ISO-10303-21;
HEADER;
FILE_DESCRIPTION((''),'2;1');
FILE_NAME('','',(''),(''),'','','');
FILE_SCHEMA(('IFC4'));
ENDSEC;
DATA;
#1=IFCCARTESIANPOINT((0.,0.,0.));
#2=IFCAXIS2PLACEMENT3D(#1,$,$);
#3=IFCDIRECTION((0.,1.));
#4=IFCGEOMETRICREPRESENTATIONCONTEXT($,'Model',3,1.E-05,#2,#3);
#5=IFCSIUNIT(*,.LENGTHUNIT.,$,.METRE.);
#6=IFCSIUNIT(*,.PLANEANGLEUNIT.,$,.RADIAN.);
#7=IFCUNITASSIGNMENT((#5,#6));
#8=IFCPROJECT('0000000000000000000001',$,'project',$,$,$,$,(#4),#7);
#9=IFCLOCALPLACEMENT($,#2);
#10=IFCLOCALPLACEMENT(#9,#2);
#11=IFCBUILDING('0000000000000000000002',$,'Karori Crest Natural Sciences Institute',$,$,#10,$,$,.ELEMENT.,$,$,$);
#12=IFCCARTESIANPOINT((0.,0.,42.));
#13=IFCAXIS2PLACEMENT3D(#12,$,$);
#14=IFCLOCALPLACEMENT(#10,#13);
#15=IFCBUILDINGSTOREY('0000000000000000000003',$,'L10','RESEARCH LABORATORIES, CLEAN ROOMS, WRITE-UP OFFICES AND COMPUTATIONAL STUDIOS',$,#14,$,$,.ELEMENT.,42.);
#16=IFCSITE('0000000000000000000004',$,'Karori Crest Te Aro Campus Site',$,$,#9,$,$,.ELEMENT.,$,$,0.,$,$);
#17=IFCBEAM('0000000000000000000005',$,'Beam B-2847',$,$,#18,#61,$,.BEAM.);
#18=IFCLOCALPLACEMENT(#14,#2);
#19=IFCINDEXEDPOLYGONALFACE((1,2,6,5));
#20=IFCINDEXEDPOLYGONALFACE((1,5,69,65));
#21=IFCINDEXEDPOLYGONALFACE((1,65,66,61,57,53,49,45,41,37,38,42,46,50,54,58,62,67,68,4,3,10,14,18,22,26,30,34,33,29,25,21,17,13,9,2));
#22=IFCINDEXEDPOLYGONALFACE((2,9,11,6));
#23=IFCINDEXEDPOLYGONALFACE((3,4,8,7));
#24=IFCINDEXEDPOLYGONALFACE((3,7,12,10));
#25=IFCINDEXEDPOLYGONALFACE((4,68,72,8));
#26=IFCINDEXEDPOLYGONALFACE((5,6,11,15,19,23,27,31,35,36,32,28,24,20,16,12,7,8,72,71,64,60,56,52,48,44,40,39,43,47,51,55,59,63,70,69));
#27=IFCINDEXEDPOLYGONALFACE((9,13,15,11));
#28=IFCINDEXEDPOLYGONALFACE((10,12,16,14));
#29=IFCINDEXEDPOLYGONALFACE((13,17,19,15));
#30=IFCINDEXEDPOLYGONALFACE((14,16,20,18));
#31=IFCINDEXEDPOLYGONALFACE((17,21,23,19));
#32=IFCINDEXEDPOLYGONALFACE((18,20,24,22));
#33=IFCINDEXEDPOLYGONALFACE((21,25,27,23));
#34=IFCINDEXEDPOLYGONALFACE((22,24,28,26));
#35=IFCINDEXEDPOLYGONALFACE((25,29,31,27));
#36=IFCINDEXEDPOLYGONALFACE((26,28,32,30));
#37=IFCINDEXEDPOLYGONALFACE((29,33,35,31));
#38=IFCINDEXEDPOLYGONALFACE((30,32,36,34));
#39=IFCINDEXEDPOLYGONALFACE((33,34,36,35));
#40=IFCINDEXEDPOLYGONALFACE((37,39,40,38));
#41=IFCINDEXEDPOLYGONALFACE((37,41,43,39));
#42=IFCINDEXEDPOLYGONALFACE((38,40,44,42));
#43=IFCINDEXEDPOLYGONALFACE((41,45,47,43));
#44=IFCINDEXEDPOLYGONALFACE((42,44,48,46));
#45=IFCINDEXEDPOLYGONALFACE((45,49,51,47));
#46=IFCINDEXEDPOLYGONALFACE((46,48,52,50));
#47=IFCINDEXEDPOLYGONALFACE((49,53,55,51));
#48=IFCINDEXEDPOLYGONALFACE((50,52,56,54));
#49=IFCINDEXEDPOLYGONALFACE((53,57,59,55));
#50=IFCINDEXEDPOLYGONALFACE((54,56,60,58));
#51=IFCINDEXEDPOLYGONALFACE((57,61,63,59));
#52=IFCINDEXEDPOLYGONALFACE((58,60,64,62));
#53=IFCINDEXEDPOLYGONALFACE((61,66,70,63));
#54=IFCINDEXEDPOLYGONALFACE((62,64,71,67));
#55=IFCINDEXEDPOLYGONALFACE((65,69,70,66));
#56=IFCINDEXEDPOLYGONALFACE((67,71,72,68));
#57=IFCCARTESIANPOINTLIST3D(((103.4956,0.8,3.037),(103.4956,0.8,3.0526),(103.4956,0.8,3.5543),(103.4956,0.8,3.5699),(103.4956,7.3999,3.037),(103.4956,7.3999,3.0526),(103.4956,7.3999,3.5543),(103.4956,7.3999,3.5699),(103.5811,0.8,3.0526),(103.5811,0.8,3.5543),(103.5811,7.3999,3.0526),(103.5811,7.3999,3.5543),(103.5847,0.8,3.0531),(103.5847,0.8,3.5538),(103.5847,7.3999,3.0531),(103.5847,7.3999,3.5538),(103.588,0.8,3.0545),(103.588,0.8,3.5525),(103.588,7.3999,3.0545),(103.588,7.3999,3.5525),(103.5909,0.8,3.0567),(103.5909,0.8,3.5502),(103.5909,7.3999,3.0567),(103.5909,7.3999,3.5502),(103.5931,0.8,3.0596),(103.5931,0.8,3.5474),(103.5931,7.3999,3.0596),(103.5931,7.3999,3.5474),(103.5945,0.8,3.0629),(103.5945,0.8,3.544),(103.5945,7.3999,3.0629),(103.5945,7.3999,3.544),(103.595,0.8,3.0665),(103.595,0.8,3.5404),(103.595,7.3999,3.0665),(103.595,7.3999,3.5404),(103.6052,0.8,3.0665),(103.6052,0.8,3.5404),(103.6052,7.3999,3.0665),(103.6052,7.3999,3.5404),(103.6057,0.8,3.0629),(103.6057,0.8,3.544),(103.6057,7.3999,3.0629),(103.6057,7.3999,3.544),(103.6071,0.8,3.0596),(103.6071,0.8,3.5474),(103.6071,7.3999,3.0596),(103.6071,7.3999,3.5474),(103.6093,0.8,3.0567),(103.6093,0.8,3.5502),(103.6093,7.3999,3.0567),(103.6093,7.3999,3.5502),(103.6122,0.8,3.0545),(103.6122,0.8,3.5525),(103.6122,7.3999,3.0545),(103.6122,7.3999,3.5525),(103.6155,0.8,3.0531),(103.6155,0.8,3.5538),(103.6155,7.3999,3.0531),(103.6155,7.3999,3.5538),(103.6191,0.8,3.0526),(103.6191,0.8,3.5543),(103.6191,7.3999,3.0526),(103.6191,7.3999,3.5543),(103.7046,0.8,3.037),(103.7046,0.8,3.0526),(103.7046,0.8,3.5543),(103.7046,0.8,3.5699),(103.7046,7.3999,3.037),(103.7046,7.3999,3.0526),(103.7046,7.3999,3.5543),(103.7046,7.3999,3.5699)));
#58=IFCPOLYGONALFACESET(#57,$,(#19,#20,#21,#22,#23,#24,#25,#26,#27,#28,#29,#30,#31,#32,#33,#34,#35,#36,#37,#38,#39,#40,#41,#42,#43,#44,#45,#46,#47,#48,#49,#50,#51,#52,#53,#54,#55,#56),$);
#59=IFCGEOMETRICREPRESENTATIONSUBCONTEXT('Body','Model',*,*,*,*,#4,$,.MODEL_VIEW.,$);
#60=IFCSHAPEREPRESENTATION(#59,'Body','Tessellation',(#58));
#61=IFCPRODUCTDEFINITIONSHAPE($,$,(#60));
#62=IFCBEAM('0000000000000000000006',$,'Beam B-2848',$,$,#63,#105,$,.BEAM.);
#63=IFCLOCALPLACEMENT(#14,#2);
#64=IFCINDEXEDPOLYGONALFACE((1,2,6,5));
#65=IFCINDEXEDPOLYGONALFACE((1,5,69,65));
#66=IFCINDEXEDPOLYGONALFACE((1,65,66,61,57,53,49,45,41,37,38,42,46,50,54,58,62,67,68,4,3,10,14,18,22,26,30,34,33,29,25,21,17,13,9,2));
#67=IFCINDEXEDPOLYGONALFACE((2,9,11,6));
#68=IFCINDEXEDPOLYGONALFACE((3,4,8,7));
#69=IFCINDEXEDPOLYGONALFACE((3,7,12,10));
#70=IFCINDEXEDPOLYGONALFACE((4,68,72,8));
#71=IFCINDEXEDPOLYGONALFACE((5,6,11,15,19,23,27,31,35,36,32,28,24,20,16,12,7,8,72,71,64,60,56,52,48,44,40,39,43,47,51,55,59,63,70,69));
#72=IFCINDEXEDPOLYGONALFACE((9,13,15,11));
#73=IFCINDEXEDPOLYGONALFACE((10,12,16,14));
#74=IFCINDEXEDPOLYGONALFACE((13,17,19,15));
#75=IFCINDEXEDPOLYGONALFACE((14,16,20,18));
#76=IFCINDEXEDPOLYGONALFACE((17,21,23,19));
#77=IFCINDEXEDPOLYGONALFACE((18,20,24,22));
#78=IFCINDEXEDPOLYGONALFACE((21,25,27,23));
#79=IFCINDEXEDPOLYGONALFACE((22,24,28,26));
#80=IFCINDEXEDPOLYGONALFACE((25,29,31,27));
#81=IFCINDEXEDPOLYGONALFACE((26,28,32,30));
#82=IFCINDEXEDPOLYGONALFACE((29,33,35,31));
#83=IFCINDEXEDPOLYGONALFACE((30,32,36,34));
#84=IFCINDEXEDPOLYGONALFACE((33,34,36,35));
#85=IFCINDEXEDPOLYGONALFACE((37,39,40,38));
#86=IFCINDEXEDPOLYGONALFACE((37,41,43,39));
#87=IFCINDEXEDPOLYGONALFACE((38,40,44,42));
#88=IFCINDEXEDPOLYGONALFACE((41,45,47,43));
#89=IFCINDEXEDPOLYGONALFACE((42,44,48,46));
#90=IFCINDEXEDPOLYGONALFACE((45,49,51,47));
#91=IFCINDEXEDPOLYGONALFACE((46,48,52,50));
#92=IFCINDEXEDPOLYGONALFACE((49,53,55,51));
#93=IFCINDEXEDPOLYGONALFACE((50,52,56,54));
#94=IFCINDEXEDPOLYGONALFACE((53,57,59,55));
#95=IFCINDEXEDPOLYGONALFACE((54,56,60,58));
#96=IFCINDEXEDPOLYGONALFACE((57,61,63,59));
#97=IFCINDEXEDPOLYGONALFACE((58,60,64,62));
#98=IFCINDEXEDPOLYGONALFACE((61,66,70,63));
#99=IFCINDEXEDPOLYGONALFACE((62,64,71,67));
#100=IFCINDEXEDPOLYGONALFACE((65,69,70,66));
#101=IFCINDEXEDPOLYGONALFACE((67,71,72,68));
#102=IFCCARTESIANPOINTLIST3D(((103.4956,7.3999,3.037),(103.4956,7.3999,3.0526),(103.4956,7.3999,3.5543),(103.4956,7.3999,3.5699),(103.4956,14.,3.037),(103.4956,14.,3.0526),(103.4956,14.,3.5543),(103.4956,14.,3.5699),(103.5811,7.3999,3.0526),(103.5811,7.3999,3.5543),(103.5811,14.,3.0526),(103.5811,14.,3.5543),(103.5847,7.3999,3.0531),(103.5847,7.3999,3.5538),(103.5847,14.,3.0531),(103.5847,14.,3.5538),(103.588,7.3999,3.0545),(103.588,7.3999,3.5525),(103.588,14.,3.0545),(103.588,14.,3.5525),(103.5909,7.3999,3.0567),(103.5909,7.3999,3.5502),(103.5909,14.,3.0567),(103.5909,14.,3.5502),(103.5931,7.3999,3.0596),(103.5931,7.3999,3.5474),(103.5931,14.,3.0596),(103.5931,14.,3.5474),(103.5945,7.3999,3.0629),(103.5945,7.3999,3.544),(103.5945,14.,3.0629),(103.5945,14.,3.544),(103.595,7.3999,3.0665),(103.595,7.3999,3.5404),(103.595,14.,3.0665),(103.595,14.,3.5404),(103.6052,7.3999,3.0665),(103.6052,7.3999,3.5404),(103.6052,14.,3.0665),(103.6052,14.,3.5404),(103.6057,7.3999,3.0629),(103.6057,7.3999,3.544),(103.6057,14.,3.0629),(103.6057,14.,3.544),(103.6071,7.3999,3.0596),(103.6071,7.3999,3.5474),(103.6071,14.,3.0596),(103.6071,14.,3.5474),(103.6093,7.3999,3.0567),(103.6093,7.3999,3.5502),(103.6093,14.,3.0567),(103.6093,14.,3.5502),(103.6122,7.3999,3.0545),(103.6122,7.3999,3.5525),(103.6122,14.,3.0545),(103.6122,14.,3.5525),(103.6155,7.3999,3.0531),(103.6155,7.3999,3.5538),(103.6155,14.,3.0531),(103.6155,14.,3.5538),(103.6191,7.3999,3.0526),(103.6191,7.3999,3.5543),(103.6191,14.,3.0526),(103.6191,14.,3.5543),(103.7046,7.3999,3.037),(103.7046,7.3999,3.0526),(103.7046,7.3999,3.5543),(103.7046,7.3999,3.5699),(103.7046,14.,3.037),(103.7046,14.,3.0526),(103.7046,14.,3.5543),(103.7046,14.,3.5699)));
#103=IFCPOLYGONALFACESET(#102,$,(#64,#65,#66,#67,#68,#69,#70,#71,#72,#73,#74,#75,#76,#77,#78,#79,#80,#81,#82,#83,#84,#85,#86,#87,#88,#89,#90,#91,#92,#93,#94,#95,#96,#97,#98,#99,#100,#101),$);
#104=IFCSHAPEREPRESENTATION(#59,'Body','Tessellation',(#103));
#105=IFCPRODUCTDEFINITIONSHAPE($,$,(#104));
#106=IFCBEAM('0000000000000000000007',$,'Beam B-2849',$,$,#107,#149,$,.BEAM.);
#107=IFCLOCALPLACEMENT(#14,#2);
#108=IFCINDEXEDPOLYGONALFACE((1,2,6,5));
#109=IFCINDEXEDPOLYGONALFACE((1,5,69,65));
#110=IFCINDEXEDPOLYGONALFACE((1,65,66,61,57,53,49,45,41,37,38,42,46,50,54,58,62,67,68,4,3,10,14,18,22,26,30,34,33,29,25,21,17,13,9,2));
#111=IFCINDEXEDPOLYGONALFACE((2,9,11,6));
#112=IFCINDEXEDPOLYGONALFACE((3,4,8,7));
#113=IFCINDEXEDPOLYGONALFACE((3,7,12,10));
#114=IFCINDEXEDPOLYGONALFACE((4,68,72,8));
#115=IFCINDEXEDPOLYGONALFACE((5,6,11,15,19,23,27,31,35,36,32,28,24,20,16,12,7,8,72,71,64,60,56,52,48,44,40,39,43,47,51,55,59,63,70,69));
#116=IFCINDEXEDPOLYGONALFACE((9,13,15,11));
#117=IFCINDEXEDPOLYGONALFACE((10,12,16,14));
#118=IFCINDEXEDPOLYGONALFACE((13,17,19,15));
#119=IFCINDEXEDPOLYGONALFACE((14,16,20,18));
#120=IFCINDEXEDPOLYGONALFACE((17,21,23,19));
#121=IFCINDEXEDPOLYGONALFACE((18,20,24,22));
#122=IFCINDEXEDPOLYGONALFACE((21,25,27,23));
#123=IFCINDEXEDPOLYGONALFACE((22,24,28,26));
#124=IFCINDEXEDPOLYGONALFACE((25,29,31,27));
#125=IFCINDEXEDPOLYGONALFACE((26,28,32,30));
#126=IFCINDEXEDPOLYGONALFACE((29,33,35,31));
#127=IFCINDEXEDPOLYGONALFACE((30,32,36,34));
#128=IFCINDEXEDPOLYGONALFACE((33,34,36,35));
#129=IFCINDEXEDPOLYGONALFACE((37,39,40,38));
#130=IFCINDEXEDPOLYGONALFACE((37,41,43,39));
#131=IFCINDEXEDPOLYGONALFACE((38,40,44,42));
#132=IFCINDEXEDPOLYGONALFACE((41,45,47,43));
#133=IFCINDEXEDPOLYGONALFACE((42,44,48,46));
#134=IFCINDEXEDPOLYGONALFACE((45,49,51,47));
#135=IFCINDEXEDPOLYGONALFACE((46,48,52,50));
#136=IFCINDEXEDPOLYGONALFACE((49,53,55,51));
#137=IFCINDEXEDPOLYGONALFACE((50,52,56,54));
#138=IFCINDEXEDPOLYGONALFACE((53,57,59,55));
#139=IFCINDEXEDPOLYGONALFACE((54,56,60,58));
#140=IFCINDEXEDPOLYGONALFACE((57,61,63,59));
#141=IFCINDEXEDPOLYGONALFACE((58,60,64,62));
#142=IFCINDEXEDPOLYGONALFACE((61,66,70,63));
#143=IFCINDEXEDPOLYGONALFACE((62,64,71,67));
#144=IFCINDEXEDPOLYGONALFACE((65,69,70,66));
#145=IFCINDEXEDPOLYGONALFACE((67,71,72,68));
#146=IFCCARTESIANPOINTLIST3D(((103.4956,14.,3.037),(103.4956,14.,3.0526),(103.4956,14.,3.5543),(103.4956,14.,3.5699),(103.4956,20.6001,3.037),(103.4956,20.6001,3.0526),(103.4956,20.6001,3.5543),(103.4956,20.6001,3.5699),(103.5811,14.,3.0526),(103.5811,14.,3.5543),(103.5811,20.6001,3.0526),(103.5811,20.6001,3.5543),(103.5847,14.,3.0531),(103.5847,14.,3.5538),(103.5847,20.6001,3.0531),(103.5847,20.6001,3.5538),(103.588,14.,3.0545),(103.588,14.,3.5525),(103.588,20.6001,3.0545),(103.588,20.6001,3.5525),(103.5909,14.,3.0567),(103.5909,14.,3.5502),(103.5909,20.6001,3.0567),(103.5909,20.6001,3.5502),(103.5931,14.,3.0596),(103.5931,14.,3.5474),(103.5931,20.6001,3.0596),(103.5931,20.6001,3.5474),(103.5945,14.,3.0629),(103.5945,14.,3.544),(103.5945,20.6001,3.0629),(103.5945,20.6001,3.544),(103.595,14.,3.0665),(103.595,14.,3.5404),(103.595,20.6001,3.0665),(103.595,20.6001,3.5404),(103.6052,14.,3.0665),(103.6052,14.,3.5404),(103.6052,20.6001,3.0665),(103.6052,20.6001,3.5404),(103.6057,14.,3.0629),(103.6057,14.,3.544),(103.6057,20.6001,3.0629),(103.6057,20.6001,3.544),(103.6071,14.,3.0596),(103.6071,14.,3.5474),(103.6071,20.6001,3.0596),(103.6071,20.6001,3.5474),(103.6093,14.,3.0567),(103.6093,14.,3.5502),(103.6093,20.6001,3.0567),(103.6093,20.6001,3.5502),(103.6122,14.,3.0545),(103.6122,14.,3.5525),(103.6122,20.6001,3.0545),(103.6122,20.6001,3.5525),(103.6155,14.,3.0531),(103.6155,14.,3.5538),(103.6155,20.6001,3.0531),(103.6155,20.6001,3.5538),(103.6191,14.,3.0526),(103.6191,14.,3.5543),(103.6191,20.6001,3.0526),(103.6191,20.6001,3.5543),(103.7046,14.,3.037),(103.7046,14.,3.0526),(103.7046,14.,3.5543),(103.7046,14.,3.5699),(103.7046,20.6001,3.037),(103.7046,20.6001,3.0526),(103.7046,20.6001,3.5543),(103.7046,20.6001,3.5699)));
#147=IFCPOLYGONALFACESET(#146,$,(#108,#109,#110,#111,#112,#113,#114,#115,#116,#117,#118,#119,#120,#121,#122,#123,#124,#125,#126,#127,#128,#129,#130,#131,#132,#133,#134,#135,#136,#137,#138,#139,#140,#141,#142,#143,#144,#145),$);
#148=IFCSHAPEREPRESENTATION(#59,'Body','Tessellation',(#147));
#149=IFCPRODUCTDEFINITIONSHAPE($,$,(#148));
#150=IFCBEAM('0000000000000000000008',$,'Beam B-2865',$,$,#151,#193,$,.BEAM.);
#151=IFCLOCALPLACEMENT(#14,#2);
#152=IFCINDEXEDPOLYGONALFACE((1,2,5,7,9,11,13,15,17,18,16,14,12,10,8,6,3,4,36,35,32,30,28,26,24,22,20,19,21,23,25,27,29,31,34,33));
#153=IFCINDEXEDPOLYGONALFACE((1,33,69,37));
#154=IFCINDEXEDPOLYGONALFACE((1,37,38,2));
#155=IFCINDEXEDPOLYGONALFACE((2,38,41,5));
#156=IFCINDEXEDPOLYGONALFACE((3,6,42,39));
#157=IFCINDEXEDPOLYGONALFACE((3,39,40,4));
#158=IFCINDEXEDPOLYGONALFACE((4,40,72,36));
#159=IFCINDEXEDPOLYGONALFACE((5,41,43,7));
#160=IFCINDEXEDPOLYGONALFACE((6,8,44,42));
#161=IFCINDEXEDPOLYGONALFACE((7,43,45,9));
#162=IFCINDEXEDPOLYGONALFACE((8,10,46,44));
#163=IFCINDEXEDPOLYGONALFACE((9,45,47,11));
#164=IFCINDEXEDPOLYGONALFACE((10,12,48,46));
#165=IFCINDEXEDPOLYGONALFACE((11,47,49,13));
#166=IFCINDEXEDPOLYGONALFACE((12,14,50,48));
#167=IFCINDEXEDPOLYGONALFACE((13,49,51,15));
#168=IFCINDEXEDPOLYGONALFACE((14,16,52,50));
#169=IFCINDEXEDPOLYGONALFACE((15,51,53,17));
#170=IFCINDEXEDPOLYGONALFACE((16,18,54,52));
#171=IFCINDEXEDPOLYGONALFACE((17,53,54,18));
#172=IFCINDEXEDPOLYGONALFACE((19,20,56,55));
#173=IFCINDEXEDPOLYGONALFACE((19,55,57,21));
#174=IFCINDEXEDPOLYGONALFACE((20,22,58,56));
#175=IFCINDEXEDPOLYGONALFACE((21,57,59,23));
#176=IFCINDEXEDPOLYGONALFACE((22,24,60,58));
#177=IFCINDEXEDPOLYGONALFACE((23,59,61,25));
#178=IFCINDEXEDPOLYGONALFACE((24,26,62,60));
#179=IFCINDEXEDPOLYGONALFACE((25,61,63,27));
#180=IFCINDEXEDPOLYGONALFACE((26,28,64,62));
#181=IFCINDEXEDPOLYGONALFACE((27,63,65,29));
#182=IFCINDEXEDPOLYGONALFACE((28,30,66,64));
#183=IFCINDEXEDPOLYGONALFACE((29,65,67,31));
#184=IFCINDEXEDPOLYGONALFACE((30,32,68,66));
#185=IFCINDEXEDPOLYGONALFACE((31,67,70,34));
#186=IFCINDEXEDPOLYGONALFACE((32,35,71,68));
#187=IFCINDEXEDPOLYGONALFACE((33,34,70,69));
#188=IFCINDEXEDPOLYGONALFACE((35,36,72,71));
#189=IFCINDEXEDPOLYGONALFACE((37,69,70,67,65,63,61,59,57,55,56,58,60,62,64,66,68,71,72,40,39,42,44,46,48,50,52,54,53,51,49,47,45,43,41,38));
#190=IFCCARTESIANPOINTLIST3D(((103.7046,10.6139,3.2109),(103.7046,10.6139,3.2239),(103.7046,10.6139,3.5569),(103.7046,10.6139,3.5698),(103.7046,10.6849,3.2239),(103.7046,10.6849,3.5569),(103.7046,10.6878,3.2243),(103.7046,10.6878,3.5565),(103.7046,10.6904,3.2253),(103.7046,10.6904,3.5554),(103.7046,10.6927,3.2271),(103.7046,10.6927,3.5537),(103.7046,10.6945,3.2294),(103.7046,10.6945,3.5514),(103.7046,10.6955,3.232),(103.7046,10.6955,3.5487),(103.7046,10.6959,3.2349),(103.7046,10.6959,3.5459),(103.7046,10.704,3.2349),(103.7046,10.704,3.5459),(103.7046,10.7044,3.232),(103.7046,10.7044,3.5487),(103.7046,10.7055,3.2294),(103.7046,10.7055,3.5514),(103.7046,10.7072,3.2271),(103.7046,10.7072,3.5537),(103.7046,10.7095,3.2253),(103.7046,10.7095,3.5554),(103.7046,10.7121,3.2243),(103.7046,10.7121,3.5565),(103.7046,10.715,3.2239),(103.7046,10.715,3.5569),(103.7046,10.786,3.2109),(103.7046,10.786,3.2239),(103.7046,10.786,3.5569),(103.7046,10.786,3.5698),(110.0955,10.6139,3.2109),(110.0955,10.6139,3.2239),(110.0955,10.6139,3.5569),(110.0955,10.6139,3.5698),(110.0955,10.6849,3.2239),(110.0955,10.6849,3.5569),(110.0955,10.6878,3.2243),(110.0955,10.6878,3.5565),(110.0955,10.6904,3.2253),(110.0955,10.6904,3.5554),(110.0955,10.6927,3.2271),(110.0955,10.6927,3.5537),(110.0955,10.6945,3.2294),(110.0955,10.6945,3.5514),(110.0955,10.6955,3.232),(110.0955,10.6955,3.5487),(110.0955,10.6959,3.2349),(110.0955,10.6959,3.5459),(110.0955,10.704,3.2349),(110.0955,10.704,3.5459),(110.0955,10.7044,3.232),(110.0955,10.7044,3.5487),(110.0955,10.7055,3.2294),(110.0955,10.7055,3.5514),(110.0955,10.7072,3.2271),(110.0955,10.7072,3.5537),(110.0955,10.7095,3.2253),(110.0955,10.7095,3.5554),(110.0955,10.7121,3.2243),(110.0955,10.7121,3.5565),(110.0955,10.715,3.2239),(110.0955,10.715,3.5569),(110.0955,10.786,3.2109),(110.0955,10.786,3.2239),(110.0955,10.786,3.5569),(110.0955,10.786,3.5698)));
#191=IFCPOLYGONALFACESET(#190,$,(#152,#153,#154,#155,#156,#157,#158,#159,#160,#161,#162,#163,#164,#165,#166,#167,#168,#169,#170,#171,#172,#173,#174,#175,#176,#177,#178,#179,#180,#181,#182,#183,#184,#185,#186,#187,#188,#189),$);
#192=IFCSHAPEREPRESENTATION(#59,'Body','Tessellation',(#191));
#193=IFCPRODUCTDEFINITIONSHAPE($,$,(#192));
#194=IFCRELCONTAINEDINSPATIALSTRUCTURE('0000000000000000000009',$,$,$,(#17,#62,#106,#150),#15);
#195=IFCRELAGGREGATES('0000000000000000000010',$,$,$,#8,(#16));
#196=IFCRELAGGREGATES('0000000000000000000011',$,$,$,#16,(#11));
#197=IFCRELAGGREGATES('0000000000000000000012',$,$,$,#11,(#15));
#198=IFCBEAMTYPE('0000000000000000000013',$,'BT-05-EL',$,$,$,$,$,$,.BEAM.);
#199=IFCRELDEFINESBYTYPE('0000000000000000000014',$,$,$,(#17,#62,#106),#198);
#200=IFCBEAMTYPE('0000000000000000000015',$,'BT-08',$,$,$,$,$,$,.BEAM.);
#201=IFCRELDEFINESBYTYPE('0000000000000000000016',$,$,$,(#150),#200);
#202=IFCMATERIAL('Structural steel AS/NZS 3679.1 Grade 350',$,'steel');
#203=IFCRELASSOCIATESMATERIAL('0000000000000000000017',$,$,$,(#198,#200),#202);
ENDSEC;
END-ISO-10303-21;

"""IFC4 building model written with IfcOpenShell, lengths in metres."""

from ifc_helpers import new_model, si_unit, direction, frame, origin, origin_2d, place, context, subcontext, project, spatial, i_section, extrude, material, material_profile, profile_set, type_object, element, save


model = new_model("IFC4")

# Units and contexts
model_context = context("Model", 3, precision=1e-05, world=origin(), true_north=direction((0.0, 1.0)))
body_context = subcontext(model_context, "Body", "Model", "MODEL_VIEW")
ifc_project = project(units=[si_unit("LENGTHUNIT", "METRE"), si_unit("PLANEANGLEUNIT", "RADIAN")], contexts=[model_context])

# Site, building, storey
site_placement = place(None, origin())
site = spatial("IfcSite", under=ifc_project, at=site_placement, Name="Karori Crest Te Aro Campus Site", CompositionType="ELEMENT", RefElevation=0.0)
building_placement = place(site_placement, origin())
building = spatial("IfcBuilding", under=site, at=building_placement, Name="Karori Crest Natural Sciences Institute", CompositionType="ELEMENT")
storey_placement = place(building_placement, frame((0.0, 0.0, 42.0)))
storey = spatial("IfcBuildingStorey", under=building, at=storey_placement, Name="L10", Description="RESEARCH LABORATORIES, CLEAN ROOMS, WRITE-UP OFFICES AND COMPUTATIONAL STUDIOS", CompositionType="ELEMENT", Elevation=42.0)

# Beams
ifc_material_1 = material(Name="Structural steel AS/NZS 3679.1 Grade 350", Category="steel")
ifc_material_profile_1 = material_profile(ifc_material_1, i_section(OverallWidth=0.209, OverallDepth=0.533, WebThickness=0.0103, FlangeThickness=0.0156, FilletRadius=0.0139, at=origin_2d()), Name="530UB92.4")
ifc_profile_set_1 = profile_set([ifc_material_profile_1], Name="Structural steel AS/NZS 3679.1 Grade 350")
beam_type_1 = type_object("IfcBeamType", Name="BT-05-EL", PredefinedType="BEAM", material=ifc_profile_set_1)
beam_1_placement = place(storey_placement, frame((103.6001, 0.8, 3.3035), z_axis=(0.0, 1.0, 0.0), x_axis=(-1.0, 0.0, 0.0)))
element("IfcBeam", 1, at=beam_1_placement, inside=storey, type_object=beam_type_1, Name="Beam B-2847", PredefinedType="BEAM", context=body_context, shape_type="SweptSolid", body=[
    extrude(i_section(OverallWidth=0.209, OverallDepth=0.533, WebThickness=0.0103, FlangeThickness=0.0156, FilletRadius=0.0139, at=origin_2d()), origin(), (0.0, 0.0, 1.0), 6.5999),
])
for number, where, z_axis, x_axis, name in (
    (2, (103.6001, 7.3999, 3.3035), (0.0, 1.0, 0.0), (-1.0, 0.0, 0.0), "Beam B-2848"),
    (3, (103.6001, 14.0, 3.3035), (0.0, 1.0, 0.0), (-1.0, 0.0, 0.0), "Beam B-2849"),
):
    element("IfcBeam", number, at=place(storey_placement, frame(where, z_axis=z_axis, x_axis=x_axis)), inside=storey, type_object=beam_type_1, Name=name, PredefinedType="BEAM", context=body_context, shape_type="SweptSolid", body=[
        extrude(i_section(OverallWidth=0.209, OverallDepth=0.533, WebThickness=0.0103, FlangeThickness=0.0156, FilletRadius=0.0139, at=origin_2d()), origin(), (0.0, 0.0, 1.0), 6.6001),
    ])
ifc_material_profile_2 = material_profile(ifc_material_1, i_section(OverallWidth=0.1721, OverallDepth=0.3589, WebThickness=0.0081, FlangeThickness=0.0129, FilletRadius=0.011, at=origin_2d()), Name="360UB56.7")
ifc_profile_set_2 = profile_set([ifc_material_profile_2], Name="Structural steel AS/NZS 3679.1 Grade 350")
beam_type_2 = type_object("IfcBeamType", Name="BT-08", PredefinedType="BEAM", material=ifc_profile_set_2)
for number, where, z_axis, x_axis, name in (
    (4, (103.7046, 10.7, 3.3904), (1.0, 0.0, 0.0), (0.0, 1.0, 0.0), "Beam B-2865"),
):
    element("IfcBeam", number, at=place(storey_placement, frame(where, z_axis=z_axis, x_axis=x_axis)), inside=storey, type_object=beam_type_2, Name=name, PredefinedType="BEAM", context=body_context, shape_type="SweptSolid", body=[
        extrude(i_section(OverallWidth=0.1721, OverallDepth=0.3589, WebThickness=0.0081, FlangeThickness=0.0129, FilletRadius=0.011, at=origin_2d()), origin(), (0.0, 0.0, 1.0), 6.3909),
    ])

save(model, "model.ifc")
